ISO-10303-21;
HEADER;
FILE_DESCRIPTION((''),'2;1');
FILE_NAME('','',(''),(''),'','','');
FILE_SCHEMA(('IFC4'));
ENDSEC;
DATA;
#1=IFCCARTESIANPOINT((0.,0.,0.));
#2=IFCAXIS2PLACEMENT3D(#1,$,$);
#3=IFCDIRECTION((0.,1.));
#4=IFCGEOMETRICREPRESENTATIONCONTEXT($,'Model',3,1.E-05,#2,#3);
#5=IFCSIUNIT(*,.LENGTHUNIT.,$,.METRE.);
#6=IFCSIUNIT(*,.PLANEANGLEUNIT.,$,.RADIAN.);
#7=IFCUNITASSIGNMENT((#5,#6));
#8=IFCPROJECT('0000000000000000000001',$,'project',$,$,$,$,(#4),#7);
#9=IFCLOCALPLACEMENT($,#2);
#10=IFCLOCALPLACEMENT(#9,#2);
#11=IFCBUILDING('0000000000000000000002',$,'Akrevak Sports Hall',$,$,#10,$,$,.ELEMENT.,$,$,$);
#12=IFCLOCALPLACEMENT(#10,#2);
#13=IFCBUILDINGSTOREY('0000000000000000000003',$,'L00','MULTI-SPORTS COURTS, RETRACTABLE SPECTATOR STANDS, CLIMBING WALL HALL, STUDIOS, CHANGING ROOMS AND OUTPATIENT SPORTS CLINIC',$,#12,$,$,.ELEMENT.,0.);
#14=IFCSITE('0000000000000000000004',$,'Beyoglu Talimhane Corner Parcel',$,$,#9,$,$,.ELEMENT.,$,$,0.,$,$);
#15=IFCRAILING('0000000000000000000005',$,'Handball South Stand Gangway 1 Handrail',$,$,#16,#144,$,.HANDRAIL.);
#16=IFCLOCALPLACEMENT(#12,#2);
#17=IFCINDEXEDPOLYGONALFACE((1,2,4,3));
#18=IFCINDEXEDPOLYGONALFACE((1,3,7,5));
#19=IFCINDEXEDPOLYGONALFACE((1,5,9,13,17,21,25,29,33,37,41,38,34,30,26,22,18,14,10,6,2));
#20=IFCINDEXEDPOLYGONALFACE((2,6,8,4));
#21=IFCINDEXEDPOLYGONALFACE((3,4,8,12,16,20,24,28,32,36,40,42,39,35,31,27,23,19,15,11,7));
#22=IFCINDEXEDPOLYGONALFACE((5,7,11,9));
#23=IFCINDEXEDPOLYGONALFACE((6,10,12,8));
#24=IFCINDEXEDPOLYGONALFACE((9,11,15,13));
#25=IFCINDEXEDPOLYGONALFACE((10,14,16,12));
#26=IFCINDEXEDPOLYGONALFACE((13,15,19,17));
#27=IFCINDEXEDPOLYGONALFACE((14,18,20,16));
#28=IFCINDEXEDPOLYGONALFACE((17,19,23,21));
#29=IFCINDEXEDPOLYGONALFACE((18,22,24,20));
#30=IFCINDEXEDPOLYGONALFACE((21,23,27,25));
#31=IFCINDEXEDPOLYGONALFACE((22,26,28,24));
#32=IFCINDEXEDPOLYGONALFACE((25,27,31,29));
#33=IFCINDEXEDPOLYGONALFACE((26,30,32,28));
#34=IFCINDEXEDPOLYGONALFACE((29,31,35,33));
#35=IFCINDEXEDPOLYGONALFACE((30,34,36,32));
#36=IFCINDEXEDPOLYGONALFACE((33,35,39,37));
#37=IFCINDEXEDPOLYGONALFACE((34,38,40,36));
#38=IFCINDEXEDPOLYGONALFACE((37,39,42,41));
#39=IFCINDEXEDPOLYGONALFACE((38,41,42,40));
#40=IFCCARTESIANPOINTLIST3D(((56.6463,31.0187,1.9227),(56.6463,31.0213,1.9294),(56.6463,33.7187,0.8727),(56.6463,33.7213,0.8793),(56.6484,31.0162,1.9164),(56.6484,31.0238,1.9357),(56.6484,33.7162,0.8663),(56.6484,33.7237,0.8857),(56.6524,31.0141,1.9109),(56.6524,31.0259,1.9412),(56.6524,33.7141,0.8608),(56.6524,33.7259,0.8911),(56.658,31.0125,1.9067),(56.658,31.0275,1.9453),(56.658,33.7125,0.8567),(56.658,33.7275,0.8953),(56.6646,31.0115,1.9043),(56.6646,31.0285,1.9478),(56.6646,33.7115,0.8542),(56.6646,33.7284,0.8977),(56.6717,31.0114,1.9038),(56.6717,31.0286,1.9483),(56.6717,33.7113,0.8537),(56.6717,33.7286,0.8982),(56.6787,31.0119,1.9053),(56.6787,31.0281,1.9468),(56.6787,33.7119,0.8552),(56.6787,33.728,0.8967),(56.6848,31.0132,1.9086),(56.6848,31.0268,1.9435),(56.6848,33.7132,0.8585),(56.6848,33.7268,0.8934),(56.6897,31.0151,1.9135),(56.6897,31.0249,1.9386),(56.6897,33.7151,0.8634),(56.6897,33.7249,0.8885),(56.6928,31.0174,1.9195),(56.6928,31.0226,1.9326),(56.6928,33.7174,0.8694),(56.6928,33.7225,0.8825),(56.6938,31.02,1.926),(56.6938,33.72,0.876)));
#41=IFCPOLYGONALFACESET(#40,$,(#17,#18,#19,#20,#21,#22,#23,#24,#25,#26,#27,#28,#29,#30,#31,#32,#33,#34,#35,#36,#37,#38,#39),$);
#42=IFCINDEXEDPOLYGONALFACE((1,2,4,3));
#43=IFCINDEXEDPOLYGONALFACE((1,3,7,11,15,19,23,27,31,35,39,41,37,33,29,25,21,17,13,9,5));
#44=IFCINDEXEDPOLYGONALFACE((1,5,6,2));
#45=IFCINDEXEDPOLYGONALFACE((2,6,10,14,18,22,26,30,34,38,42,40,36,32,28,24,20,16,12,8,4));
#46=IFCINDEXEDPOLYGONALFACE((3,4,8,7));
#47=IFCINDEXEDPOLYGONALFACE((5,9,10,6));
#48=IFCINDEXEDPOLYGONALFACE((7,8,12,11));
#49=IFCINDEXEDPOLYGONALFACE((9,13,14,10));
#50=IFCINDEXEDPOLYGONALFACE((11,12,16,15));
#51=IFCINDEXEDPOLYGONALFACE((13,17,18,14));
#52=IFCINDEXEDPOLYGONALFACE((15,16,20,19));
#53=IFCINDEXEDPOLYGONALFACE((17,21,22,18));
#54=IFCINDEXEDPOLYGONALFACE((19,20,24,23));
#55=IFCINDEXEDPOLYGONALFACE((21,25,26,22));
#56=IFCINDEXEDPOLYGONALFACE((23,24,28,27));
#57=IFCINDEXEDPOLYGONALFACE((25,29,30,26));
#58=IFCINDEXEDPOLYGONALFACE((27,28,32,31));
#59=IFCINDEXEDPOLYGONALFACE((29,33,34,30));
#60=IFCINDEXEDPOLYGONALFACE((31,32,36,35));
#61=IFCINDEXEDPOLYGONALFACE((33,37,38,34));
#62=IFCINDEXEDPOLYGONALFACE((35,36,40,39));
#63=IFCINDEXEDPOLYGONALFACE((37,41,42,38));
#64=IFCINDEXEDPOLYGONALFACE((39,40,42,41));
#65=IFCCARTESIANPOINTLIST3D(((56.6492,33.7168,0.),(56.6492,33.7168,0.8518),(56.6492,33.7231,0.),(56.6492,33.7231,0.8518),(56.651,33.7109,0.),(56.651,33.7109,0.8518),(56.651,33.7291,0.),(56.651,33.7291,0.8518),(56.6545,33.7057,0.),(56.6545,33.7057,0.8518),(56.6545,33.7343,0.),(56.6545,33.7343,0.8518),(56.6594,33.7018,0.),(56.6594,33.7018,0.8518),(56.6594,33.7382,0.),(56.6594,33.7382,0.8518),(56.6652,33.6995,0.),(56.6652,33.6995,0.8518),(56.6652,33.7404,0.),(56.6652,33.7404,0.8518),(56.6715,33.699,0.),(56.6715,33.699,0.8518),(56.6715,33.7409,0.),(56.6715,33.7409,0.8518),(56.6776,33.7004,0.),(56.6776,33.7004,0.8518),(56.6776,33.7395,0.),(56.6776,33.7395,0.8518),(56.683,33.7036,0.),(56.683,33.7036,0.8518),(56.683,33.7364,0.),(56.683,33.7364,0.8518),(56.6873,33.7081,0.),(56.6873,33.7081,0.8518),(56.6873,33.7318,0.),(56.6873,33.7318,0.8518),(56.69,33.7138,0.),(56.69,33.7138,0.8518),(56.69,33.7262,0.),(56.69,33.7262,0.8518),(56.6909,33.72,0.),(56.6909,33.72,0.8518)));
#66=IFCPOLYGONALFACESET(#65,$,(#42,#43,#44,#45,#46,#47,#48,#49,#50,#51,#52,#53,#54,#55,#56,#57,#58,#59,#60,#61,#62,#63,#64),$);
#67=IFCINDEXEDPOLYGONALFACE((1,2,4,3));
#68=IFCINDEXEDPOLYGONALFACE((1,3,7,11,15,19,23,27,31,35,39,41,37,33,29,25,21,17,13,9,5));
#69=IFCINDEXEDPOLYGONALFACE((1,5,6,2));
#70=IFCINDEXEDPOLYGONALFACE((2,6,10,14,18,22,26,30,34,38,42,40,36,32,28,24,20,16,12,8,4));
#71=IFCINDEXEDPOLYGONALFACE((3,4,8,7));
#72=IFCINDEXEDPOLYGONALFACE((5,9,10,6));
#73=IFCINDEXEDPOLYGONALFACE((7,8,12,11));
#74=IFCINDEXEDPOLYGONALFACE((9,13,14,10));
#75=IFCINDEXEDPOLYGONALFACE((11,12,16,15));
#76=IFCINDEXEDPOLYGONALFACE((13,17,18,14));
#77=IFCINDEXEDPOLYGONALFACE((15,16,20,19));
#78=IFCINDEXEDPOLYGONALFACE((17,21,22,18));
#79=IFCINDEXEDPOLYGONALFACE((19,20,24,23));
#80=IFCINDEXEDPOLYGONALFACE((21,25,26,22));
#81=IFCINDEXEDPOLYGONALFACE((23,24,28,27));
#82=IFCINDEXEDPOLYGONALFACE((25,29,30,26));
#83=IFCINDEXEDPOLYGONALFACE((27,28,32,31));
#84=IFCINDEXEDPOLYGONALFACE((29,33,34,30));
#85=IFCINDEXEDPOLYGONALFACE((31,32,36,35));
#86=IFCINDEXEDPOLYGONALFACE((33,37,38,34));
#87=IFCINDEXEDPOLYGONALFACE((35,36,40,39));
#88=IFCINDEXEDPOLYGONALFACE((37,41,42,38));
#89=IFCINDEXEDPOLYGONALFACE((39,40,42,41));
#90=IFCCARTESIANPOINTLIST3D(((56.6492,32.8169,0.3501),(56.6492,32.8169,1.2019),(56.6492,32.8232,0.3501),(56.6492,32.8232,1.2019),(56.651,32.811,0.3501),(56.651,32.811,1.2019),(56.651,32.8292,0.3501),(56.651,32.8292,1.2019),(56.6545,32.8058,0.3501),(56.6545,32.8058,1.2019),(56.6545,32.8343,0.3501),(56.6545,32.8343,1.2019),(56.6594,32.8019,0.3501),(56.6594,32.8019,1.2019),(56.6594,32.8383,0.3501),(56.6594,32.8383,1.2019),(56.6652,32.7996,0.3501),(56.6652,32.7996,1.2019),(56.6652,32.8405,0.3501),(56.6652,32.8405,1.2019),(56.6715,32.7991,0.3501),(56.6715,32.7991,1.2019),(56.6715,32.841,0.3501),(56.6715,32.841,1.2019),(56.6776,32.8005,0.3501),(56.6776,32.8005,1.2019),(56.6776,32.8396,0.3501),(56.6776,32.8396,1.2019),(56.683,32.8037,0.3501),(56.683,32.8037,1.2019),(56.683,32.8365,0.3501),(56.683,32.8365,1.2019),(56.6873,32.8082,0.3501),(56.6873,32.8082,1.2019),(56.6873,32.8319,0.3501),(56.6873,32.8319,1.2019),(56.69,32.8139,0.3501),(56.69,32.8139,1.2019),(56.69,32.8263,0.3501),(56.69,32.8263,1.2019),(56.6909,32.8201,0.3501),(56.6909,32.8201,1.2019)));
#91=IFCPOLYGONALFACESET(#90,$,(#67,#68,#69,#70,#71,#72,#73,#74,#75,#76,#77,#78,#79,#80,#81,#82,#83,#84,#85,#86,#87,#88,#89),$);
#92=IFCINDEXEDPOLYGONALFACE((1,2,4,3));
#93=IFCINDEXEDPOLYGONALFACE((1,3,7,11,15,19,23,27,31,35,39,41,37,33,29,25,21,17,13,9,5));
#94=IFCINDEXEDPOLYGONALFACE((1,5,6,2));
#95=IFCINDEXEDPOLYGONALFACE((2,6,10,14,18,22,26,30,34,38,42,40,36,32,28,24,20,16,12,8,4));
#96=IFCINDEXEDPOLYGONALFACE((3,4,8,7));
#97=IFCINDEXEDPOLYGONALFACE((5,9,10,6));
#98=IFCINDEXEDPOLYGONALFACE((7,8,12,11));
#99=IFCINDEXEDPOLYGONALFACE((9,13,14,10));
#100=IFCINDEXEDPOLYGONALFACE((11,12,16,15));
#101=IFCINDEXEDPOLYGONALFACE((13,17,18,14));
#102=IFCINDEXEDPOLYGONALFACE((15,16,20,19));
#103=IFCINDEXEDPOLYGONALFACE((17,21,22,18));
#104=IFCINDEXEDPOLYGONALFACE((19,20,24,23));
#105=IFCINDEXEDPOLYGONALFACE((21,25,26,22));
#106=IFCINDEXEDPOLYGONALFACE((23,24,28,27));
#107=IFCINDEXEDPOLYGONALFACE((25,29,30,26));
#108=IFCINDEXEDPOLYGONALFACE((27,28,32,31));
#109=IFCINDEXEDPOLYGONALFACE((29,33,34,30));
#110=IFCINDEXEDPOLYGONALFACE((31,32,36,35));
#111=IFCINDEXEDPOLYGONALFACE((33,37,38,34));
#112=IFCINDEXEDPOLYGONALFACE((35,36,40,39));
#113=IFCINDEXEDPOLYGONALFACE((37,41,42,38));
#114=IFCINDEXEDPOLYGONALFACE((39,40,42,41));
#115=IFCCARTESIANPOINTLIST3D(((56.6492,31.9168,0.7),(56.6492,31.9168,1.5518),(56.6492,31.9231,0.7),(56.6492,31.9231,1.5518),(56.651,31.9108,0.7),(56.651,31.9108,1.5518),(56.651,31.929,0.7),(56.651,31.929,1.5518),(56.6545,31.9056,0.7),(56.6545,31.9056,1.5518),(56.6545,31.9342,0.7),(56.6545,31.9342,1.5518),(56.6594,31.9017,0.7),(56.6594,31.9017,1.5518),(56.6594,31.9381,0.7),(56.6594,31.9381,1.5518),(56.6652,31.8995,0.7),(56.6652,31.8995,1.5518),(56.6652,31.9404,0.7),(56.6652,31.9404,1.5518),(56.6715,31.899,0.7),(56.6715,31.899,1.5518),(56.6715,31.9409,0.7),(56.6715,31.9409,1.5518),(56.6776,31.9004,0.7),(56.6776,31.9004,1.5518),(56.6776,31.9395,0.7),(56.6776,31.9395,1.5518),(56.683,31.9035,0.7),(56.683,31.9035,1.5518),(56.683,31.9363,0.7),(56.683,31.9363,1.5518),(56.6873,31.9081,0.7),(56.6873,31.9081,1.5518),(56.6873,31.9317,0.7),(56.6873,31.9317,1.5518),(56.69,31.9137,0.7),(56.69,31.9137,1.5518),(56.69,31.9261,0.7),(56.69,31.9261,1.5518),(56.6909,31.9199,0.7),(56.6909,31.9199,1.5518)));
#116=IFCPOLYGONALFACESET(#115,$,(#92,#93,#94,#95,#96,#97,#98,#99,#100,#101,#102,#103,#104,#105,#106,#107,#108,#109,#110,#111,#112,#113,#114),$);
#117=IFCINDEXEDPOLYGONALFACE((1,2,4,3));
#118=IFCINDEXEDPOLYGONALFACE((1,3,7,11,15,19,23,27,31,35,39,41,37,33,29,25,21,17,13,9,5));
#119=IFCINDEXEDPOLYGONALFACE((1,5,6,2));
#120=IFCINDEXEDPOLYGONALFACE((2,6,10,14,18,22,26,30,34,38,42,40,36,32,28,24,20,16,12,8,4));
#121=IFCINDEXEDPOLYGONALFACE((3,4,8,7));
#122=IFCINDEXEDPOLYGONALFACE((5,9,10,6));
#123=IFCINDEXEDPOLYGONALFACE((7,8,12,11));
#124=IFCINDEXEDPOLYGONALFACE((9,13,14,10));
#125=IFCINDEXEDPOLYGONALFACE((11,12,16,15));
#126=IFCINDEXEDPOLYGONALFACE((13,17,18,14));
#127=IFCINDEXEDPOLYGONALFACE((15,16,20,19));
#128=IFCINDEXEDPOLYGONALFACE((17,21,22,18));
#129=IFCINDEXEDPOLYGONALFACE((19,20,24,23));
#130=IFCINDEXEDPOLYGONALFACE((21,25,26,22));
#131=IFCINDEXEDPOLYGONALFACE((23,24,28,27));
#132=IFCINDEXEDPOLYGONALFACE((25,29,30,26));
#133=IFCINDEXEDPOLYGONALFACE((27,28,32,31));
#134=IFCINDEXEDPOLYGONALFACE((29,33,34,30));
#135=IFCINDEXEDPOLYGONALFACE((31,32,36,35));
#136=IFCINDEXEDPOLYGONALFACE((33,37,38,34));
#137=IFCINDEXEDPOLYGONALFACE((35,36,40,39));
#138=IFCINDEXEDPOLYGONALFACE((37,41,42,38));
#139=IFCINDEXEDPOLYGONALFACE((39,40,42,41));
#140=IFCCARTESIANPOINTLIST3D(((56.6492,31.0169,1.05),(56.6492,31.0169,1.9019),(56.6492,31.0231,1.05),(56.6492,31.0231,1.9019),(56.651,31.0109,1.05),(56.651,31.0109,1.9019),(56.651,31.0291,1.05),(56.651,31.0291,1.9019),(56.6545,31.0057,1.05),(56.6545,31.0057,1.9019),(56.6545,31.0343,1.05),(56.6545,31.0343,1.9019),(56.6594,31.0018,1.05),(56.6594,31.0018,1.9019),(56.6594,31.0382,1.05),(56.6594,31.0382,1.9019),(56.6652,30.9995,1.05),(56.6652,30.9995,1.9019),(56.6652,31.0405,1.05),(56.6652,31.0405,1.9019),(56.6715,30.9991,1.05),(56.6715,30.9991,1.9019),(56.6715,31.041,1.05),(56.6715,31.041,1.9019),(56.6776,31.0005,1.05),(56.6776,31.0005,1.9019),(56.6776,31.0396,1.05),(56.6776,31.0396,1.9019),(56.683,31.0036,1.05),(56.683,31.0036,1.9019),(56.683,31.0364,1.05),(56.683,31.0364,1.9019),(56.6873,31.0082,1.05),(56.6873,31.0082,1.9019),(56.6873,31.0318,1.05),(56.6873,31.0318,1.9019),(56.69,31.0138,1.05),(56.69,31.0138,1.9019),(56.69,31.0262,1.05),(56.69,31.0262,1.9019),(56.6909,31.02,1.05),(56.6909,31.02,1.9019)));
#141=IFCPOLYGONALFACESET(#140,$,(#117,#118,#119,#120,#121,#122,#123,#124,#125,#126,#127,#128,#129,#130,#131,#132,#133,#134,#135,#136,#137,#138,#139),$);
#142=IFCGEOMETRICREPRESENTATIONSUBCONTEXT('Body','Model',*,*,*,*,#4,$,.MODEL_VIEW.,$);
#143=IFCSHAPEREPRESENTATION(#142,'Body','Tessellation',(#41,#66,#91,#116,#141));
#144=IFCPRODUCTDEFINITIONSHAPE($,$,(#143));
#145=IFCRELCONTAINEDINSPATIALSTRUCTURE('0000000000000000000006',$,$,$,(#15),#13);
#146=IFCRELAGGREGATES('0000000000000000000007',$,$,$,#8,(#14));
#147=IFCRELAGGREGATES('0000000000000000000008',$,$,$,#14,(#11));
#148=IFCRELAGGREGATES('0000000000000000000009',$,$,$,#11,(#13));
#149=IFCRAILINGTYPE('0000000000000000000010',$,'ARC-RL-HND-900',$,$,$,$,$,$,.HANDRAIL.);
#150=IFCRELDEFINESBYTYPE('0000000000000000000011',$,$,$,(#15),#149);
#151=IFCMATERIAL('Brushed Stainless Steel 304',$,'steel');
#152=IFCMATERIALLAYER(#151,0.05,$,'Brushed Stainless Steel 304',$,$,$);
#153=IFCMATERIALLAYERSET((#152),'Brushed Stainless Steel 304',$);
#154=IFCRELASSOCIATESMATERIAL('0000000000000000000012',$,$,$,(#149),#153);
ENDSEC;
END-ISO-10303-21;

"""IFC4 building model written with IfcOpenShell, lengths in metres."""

from ifc_helpers import new_model, si_unit, direction, frame, origin, origin_2d, place, context, subcontext, project, spatial, circle, extrude, material, layer, layer_set, type_object, element, save


model = new_model("IFC4")

# Units and contexts
model_context = context("Model", 3, precision=1e-05, world=origin(), true_north=direction((0.0, 1.0)))
body_context = subcontext(model_context, "Body", "Model", "MODEL_VIEW")
ifc_project = project(units=[si_unit("LENGTHUNIT", "METRE"), si_unit("PLANEANGLEUNIT", "RADIAN")], contexts=[model_context])

# Site, building, storey
site_placement = place(None, origin())
site = spatial("IfcSite", under=ifc_project, at=site_placement, Name="Beyoglu Talimhane Corner Parcel", CompositionType="ELEMENT", RefElevation=0.0)
building_placement = place(site_placement, origin())
building = spatial("IfcBuilding", under=site, at=building_placement, Name="Akrevak Sports Hall", CompositionType="ELEMENT")
storey_placement = place(building_placement, origin())
storey = spatial("IfcBuildingStorey", under=building, at=storey_placement, Name="L00", Description="MULTI-SPORTS COURTS, RETRACTABLE SPECTATOR STANDS, CLIMBING WALL HALL, STUDIOS, CHANGING ROOMS AND OUTPATIENT SPORTS CLINIC", CompositionType="ELEMENT", Elevation=0.0)

# Railing
ifc_material_1 = material(Name="Brushed Stainless Steel 304", Category="steel")
ifc_layer_1 = layer(ifc_material_1, 0.05, Name="Brushed Stainless Steel 304")
ifc_layer_set_1 = layer_set([ifc_layer_1], Name="Brushed Stainless Steel 304")
railing_type_1 = type_object("IfcRailingType", Name="ARC-RL-HND-900", PredefinedType="HANDRAIL", material=ifc_layer_set_1)
railing_1_placement = place(storey_placement, frame((56.6699, 33.72, 0.0)))
element("IfcRailing", 1, at=railing_1_placement, inside=storey, type_object=railing_type_1, Name="Handball South Stand Gangway 1 Handrail", PredefinedType="HANDRAIL", context=body_context, shape_type="SweptSolid", body=[
    extrude(circle(Radius=0.0239, at=origin_2d()), frame((0.0, 0.0, 0.876), z_axis=(0.0, -0.931997, 0.362467), x_axis=(1.0, 0.0, 0.0)), (0.0, 0.0, 1.0), 2.897),
    extrude(circle(Radius=0.021, at=origin_2d()), origin(), (0.0, 0.0, 1.0), 0.8518),
    extrude(circle(Radius=0.021, at=origin_2d()), frame((0.0, -0.8999, 0.3501)), (0.0, 0.0, 1.0), 0.8518),
    extrude(circle(Radius=0.021, at=origin_2d()), frame((0.0, -1.8, 0.7)), (0.0, 0.0, 1.0), 0.8518),
    extrude(circle(Radius=0.021, at=origin_2d()), frame((0.0, -2.7, 1.05)), (0.0, 0.0, 1.0), 0.8518),
])

save(model, "model.ifc")
